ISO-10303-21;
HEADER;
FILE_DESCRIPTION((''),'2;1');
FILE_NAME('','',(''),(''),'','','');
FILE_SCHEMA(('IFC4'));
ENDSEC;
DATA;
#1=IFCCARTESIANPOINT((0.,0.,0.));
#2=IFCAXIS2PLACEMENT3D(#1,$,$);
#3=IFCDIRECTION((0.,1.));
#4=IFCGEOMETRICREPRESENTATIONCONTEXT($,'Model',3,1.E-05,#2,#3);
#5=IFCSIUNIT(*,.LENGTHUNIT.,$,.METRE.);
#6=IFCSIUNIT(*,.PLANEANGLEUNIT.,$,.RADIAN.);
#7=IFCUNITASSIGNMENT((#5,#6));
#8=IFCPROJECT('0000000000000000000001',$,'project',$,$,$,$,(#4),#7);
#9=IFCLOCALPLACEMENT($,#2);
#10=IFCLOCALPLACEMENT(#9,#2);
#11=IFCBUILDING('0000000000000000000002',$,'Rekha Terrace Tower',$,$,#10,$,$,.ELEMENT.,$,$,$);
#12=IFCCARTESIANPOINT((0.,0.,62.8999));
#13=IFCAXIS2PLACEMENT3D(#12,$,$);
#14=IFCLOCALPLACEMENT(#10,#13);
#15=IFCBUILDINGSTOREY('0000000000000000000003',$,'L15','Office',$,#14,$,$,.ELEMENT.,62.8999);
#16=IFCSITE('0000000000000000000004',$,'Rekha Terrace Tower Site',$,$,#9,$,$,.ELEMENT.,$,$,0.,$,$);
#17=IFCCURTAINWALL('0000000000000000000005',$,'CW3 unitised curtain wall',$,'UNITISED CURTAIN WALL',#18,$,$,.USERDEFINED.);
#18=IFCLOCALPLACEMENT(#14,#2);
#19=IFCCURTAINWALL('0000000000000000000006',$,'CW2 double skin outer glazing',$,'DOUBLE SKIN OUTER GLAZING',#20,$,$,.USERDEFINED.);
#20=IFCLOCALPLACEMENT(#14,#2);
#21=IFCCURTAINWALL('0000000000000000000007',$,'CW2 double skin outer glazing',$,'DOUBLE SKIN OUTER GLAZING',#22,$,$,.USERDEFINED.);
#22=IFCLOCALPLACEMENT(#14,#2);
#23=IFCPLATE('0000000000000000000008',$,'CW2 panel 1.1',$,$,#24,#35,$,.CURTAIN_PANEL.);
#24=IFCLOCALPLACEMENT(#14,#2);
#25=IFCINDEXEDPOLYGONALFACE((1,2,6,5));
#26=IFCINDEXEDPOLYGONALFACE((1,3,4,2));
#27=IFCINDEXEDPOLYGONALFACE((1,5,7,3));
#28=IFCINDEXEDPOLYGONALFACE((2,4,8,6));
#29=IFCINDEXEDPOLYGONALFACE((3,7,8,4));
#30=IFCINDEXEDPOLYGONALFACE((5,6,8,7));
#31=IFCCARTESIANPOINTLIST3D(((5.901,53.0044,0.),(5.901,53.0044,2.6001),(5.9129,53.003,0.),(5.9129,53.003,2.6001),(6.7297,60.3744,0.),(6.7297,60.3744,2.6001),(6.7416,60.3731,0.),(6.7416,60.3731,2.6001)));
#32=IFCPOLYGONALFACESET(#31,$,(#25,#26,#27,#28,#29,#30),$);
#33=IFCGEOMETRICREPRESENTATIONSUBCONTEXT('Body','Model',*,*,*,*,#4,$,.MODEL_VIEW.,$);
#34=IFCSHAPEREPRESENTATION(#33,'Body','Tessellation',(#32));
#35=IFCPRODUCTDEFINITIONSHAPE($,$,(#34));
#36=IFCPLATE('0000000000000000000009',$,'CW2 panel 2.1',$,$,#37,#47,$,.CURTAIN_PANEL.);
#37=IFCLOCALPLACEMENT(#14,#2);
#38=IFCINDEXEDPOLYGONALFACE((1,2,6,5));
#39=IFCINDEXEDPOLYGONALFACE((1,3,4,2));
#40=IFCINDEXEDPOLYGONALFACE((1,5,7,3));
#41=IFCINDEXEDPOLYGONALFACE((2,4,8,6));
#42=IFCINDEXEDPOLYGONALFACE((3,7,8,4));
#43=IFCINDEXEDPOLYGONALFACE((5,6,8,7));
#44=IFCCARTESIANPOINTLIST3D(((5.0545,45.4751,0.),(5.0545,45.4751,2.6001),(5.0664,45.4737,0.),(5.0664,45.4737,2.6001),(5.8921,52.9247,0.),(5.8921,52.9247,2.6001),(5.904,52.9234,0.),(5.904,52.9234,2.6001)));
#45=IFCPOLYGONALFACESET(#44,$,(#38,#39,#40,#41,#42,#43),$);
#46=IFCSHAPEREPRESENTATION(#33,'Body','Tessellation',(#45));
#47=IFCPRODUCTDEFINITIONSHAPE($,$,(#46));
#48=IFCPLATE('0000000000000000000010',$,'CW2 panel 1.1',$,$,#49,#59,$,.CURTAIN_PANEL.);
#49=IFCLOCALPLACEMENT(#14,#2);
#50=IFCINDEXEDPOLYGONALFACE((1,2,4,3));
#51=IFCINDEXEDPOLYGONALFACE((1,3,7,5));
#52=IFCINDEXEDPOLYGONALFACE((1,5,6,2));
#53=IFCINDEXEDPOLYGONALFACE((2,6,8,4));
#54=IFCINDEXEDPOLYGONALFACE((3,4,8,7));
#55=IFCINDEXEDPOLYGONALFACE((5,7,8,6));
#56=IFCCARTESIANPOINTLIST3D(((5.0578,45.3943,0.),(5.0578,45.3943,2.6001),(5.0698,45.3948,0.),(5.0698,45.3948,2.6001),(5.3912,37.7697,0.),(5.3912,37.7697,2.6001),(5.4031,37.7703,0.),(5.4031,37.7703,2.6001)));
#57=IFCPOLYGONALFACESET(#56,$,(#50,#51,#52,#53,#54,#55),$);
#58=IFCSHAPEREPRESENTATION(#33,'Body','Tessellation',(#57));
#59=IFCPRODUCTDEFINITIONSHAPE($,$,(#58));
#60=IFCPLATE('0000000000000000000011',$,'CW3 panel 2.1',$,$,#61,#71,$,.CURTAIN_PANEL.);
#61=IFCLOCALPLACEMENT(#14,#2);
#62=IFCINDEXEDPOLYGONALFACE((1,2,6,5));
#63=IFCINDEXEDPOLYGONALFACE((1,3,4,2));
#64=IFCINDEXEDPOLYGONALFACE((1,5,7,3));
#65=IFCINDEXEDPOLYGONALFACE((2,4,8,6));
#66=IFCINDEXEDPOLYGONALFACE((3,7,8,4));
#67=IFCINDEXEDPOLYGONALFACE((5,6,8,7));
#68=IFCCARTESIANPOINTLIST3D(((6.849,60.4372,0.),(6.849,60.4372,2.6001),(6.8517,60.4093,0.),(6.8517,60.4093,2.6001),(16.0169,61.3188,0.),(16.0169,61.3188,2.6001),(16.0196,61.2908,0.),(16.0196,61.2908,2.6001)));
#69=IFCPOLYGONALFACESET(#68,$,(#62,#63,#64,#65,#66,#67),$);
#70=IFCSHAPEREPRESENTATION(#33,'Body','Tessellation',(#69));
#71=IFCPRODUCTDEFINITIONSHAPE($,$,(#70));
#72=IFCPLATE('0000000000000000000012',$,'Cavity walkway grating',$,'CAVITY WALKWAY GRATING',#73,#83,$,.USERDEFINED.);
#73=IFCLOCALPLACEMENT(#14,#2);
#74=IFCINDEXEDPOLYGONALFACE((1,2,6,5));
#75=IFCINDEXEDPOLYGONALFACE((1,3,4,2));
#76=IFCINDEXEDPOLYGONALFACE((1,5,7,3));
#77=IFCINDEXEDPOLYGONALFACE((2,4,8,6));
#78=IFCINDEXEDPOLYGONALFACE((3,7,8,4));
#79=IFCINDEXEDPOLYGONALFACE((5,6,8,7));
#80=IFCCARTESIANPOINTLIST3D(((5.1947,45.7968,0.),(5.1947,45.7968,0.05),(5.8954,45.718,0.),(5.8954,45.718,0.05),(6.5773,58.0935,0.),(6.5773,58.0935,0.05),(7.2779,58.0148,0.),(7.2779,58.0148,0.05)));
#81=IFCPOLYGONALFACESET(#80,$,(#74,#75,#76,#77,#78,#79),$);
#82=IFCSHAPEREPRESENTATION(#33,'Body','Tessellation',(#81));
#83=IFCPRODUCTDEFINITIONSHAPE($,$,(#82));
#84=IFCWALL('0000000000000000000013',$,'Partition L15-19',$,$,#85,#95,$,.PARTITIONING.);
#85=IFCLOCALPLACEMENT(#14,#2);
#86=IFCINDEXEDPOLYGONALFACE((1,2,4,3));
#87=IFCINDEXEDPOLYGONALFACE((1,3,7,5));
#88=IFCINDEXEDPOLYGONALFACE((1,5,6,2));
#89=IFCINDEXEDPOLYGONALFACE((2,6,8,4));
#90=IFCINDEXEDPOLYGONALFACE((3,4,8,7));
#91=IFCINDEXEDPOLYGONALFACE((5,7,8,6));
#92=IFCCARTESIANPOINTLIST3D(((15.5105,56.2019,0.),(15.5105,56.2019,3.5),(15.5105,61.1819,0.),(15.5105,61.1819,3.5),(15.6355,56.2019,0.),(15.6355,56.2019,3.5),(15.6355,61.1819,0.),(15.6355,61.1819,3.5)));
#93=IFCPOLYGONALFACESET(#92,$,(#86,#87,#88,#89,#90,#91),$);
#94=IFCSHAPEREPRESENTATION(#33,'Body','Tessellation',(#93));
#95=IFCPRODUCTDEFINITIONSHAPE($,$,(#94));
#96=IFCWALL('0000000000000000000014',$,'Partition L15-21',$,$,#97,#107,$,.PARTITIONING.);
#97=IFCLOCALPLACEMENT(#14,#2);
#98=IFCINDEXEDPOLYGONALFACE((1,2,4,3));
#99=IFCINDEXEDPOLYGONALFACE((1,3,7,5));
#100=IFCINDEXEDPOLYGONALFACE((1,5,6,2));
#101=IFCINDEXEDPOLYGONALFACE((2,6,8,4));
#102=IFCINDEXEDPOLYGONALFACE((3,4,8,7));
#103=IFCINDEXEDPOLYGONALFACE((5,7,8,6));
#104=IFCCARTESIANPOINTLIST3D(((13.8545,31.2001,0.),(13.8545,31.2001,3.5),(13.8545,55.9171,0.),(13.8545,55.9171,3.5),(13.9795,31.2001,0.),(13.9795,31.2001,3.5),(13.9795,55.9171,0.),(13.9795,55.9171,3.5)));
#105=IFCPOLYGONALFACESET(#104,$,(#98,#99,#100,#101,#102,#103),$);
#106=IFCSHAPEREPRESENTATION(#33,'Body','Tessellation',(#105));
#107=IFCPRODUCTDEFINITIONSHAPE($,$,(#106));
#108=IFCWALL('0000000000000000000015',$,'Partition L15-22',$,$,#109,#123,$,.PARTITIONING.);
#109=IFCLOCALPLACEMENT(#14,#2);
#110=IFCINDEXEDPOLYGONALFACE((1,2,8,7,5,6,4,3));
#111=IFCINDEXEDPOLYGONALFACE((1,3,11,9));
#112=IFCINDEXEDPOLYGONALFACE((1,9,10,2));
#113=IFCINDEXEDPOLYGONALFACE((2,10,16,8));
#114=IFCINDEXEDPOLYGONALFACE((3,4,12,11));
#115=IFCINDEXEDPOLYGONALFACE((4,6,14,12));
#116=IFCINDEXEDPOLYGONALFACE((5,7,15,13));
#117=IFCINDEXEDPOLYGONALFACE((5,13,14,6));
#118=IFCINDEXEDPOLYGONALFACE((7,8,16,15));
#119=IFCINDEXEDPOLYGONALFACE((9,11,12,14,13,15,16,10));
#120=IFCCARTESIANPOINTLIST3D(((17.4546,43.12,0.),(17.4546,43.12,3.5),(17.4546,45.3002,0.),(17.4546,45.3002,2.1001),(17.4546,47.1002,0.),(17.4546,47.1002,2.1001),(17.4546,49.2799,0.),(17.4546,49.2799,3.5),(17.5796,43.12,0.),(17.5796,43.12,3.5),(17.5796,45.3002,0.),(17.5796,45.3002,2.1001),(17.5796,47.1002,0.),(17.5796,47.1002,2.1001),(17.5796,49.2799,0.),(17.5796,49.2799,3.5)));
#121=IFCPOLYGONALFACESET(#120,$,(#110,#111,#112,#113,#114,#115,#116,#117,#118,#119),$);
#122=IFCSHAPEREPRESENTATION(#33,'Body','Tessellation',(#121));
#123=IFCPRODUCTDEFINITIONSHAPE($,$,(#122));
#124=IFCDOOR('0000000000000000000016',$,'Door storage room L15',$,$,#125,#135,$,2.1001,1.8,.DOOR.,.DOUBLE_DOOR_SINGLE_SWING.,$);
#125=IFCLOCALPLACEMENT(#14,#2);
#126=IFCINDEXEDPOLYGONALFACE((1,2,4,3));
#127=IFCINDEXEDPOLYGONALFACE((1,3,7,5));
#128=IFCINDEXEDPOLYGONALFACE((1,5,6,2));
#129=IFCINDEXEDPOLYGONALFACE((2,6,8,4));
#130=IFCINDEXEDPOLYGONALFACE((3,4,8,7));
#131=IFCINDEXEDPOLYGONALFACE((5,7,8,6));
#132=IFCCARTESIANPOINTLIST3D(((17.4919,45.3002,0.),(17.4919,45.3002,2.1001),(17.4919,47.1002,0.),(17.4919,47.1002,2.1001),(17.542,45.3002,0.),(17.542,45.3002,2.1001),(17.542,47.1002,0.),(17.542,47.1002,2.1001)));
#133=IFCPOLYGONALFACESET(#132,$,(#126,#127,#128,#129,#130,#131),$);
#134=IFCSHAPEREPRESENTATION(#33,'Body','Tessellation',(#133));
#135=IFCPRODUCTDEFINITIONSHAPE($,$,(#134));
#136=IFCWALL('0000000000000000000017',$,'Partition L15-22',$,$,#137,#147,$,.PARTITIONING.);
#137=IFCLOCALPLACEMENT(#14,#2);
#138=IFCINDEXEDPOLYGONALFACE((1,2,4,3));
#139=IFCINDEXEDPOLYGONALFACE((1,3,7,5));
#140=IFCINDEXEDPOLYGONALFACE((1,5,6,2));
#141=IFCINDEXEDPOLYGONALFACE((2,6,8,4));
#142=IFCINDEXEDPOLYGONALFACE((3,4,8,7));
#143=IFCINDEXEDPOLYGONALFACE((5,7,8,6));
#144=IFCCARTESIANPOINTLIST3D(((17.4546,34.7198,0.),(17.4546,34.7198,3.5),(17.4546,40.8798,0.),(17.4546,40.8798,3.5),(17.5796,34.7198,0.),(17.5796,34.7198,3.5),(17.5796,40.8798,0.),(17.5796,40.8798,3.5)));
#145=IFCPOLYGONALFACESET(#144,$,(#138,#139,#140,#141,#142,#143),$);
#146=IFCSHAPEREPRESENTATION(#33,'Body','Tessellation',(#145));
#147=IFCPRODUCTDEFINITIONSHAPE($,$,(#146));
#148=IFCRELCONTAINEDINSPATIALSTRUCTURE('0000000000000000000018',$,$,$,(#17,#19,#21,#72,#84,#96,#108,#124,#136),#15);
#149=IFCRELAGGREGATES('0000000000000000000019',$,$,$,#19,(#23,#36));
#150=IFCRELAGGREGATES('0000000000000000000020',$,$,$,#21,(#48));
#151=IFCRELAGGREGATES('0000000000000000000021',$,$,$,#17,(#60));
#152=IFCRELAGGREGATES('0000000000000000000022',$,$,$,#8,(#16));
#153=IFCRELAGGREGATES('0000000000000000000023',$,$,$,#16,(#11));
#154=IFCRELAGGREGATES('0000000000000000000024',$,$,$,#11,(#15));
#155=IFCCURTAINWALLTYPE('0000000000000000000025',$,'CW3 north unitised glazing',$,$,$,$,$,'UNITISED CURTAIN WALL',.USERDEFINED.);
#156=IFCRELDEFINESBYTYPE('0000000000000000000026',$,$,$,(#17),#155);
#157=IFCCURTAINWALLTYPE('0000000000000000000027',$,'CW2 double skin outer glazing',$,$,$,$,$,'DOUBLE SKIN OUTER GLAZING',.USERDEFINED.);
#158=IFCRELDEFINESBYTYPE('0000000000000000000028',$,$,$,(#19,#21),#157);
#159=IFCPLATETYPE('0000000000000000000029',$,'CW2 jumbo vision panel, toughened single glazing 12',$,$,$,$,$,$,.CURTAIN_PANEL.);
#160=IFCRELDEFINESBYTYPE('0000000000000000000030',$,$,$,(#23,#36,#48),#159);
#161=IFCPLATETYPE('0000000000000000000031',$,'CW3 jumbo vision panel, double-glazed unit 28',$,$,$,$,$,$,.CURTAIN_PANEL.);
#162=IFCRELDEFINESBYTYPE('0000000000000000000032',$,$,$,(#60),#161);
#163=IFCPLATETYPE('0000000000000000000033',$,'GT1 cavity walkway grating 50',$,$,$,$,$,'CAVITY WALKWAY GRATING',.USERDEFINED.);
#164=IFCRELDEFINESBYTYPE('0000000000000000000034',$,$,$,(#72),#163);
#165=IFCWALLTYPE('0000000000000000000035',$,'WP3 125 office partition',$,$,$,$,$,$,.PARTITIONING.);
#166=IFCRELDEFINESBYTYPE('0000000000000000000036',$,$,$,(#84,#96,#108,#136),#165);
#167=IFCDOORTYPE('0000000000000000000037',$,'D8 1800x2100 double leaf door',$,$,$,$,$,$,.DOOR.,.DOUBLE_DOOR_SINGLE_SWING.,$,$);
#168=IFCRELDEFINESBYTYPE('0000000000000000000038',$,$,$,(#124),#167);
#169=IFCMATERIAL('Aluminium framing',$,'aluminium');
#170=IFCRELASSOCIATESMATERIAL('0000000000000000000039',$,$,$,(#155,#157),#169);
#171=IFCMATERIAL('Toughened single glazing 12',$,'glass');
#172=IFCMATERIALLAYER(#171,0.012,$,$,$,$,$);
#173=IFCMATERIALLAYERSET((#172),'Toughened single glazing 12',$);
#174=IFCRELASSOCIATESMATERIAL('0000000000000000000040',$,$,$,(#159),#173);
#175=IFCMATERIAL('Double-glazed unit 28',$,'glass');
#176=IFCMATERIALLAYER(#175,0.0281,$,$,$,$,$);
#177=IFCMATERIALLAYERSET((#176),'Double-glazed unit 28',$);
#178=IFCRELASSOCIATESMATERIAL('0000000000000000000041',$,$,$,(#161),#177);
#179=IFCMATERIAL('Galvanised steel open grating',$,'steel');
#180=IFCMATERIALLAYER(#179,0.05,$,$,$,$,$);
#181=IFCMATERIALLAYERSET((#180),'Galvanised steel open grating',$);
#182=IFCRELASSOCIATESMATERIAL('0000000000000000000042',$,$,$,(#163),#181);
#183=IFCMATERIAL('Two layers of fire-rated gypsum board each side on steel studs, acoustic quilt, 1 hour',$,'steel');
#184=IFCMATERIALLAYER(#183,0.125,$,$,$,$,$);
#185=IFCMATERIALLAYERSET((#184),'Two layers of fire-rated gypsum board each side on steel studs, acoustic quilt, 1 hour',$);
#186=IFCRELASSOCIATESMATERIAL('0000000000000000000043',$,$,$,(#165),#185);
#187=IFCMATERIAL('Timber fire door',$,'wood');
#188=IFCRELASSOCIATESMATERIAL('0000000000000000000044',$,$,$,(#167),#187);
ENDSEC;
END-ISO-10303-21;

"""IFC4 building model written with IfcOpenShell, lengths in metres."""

from ifc_helpers import new_model, si_unit, direction, frame, frame_2d, origin, origin_2d, place, context, subcontext, project, spatial, rectangle, extrude, material, layer, layer_set, type_object, element, fill, aggregate, save


model = new_model("IFC4")

# Units and contexts
model_context = context("Model", 3, precision=1e-05, world=origin(), true_north=direction((0.0, 1.0)))
body_context = subcontext(model_context, "Body", "Model", "MODEL_VIEW")
ifc_project = project(units=[si_unit("LENGTHUNIT", "METRE"), si_unit("PLANEANGLEUNIT", "RADIAN")], contexts=[model_context])

# Site, building, storey
site_placement = place(None, origin())
site = spatial("IfcSite", under=ifc_project, at=site_placement, Name="Rekha Terrace Tower Site", CompositionType="ELEMENT", RefElevation=0.0)
building_placement = place(site_placement, origin())
building = spatial("IfcBuilding", under=site, at=building_placement, Name="Rekha Terrace Tower", CompositionType="ELEMENT")
storey_placement = place(building_placement, frame((0.0, 0.0, 62.8999)))
storey = spatial("IfcBuildingStorey", under=building, at=storey_placement, Name="L15", Description="Office", CompositionType="ELEMENT", Elevation=62.8999)

# Curtain walls
ifc_material_1 = material(Name="Aluminium framing", Category="aluminium")
curtain_wall_type_1 = type_object("IfcCurtainWallType", Name="CW3 north unitised glazing", ElementType="UNITISED CURTAIN WALL", PredefinedType="USERDEFINED", material=ifc_material_1)
curtain_wall_1_placement = place(storey_placement, origin())
curtain_wall_1 = element("IfcCurtainWall", 1, at=curtain_wall_1_placement, inside=storey, type_object=curtain_wall_type_1, Name="CW3 unitised curtain wall", ObjectType="UNITISED CURTAIN WALL", PredefinedType="USERDEFINED")
curtain_wall_type_2 = type_object("IfcCurtainWallType", Name="CW2 double skin outer glazing", ElementType="DOUBLE SKIN OUTER GLAZING", PredefinedType="USERDEFINED", material=ifc_material_1)
curtain_wall_2_placement = place(storey_placement, origin())
curtain_wall_2 = element("IfcCurtainWall", 2, at=curtain_wall_2_placement, inside=storey, type_object=curtain_wall_type_2, Name="CW2 double skin outer glazing", ObjectType="DOUBLE SKIN OUTER GLAZING", PredefinedType="USERDEFINED")

# Curtain wall
curtain_wall_3_placement = place(storey_placement, origin())
curtain_wall_3 = element("IfcCurtainWall", 3, at=curtain_wall_3_placement, inside=storey, type_object=curtain_wall_type_2, Name="CW2 double skin outer glazing", ObjectType="DOUBLE SKIN OUTER GLAZING", PredefinedType="USERDEFINED")

# Plates
ifc_material_2 = material(Name="Toughened single glazing 12", Category="glass")
ifc_layer_1 = layer(ifc_material_2, 0.012)
ifc_layer_set_1 = layer_set([ifc_layer_1], Name="Toughened single glazing 12")
plate_type_1 = type_object("IfcPlateType", Name="CW2 jumbo vision panel, toughened single glazing 12", PredefinedType="CURTAIN_PANEL", material=ifc_layer_set_1)
plate_1_placement = place(storey_placement, frame((6.3213, 56.6887, 0.0), z_axis=(0.0, 0.0, 1.0), x_axis=(-0.11173, -0.993739, 0.0)))
plate_1 = element("IfcPlate", 4, at=plate_1_placement, type_object=plate_type_1, Name="CW2 panel 1.1", PredefinedType="CURTAIN_PANEL", context=body_context, shape_type="SweptSolid", body=[
    extrude(rectangle(XDim=7.4165, YDim=0.012, at=origin_2d()), origin(), (0.0, 0.0, 1.0), 2.6001),
])
plate_2_placement = place(storey_placement, frame((5.4792, 49.1992, 0.0), z_axis=(0.0, 0.0, 1.0), x_axis=(-0.11173, -0.993739, 0.0)))
plate_2 = element("IfcPlate", 5, at=plate_2_placement, type_object=plate_type_1, Name="CW2 panel 2.1", PredefinedType="CURTAIN_PANEL", context=body_context, shape_type="SweptSolid", body=[
    extrude(rectangle(XDim=7.4966, YDim=0.012, at=origin_2d()), origin(), (0.0, 0.0, 1.0), 2.6001),
])
aggregate(curtain_wall_2, [plate_1, plate_2])
plate_3_placement = place(storey_placement, frame((5.2305, 41.5823, 0.0), z_axis=(0.0, 0.0, 1.0), x_axis=(0.043683, -0.999045, 0.0)))
plate_3 = element("IfcPlate", 6, at=plate_3_placement, type_object=plate_type_1, Name="CW2 panel 1.1", PredefinedType="CURTAIN_PANEL", context=body_context, shape_type="SweptSolid", body=[
    extrude(rectangle(XDim=7.6318, YDim=0.012, at=origin_2d()), origin(), (0.0, 0.0, 1.0), 2.6001),
])
aggregate(curtain_wall_3, [plate_3])
ifc_material_3 = material(Name="Double-glazed unit 28", Category="glass")
ifc_layer_2 = layer(ifc_material_3, 0.0281)
ifc_layer_set_2 = layer_set([ifc_layer_2], Name="Double-glazed unit 28")
plate_type_2 = type_object("IfcPlateType", Name="CW3 jumbo vision panel, double-glazed unit 28", PredefinedType="CURTAIN_PANEL", material=ifc_layer_set_2)
plate_4_placement = place(storey_placement, frame((11.4343, 60.864, 0.0), z_axis=(0.0, 0.0, 1.0), x_axis=(-0.995409, -0.095712, 0.0)))
plate_4 = element("IfcPlate", 7, at=plate_4_placement, type_object=plate_type_2, Name="CW3 panel 2.1", PredefinedType="CURTAIN_PANEL", context=body_context, shape_type="SweptSolid", body=[
    extrude(rectangle(XDim=9.2102, YDim=0.0281, at=origin_2d()), origin(), (0.0, 0.0, 1.0), 2.6001),
])
aggregate(curtain_wall_1, [plate_4])
ifc_material_4 = material(Name="Galvanised steel open grating", Category="steel")
ifc_layer_3 = layer(ifc_material_4, 0.05)
ifc_layer_set_3 = layer_set([ifc_layer_3], Name="Galvanised steel open grating")
plate_type_3 = type_object("IfcPlateType", Name="GT1 cavity walkway grating 50", ElementType="CAVITY WALKWAY GRATING", PredefinedType="USERDEFINED", material=ifc_layer_set_3)
plate_5_placement = place(storey_placement, frame((6.2363, 51.9058, 0.0), z_axis=(0.0, 0.0, 1.0), x_axis=(-0.11173, -0.993739, 0.0)))
element("IfcPlate", 8, at=plate_5_placement, inside=storey, type_object=plate_type_3, Name="Cavity walkway grating", ObjectType="CAVITY WALKWAY GRATING", PredefinedType="USERDEFINED", context=body_context, shape_type="SweptSolid", body=[
    extrude(rectangle(XDim=12.3743, YDim=0.7051, at=origin_2d()), origin(), (0.0, 0.0, 1.0), 0.05),
])

# Walls
ifc_material_5 = material(Name="Two layers of fire-rated gypsum board each side on steel studs, acoustic quilt, 1 hour", Category="steel")
ifc_layer_4 = layer(ifc_material_5, 0.125)
ifc_layer_set_4 = layer_set([ifc_layer_4], Name="Two layers of fire-rated gypsum board each side on steel studs, acoustic quilt, 1 hour")
wall_type = type_object("IfcWallType", Name="WP3 125 office partition", PredefinedType="PARTITIONING", material=ifc_layer_set_4)
wall_1_placement = place(storey_placement, frame((15.573, 56.2019, 0.0), z_axis=(0.0, 0.0, 1.0), x_axis=(0.0, 1.0, 0.0)))
element("IfcWall", 9, at=wall_1_placement, inside=storey, type_object=wall_type, Name="Partition L15-19", PredefinedType="PARTITIONING", context=body_context, shape_type="SweptSolid", body=[
    extrude(rectangle(XDim=4.98, YDim=0.125, at=frame_2d((2.49, 0.0))), origin(), (0.0, 0.0, 1.0), 3.5),
])
wall_2_placement = place(storey_placement, frame((13.917, 55.917, 0.0), z_axis=(0.0, 0.0, 1.0), x_axis=(0.0, -1.0, 0.0)))
element("IfcWall", 10, at=wall_2_placement, inside=storey, type_object=wall_type, Name="Partition L15-21", PredefinedType="PARTITIONING", context=body_context, shape_type="SweptSolid", body=[
    extrude(rectangle(XDim=24.717, YDim=0.125, at=frame_2d((12.3584, 0.0))), origin(), (0.0, 0.0, 1.0), 3.5),
])

# Wall, opening, door
wall_3_placement = place(storey_placement, frame((17.5171, 49.28, 0.0), z_axis=(0.0, 0.0, 1.0), x_axis=(0.0, -1.0, 0.0)))
wall_3 = element("IfcWall", 11, at=wall_3_placement, inside=storey, type_object=wall_type, Name="Partition L15-22", PredefinedType="PARTITIONING", context=body_context, shape_type="SweptSolid", body=[
    extrude(rectangle(XDim=6.1599, YDim=0.125, at=frame_2d((3.0801, 0.0))), origin(), (0.0, 0.0, 1.0), 3.5),
])
opening_placement = place(wall_3_placement, frame((2.1799, 0.0, 0.0)))
opening = element("IfcOpeningElement", 12, at=opening_placement, cuts=wall_3, PredefinedType="OPENING", context=body_context, shape_type="SweptSolid", body=[
    extrude(rectangle(XDim=1.8, YDim=2.1001, at=frame_2d((0.8999, 1.05))), frame((0.0, 0.0725, 0.0), z_axis=(0.0, -1.0, 0.0), x_axis=(1.0, 0.0, 0.0)), (0.0, 0.0, 1.0), 0.145),
])
ifc_material_6 = material(Name="Timber fire door", Category="wood")
door_type = type_object("IfcDoorType", Name="D8 1800x2100 double leaf door", OperationType="DOUBLE_DOOR_SINGLE_SWING", PredefinedType="DOOR", material=ifc_material_6)
door_placement = place(opening_placement, origin())
door = element("IfcDoor", 13, at=door_placement, inside=storey, type_object=door_type, Name="Door storage room L15", OperationType="DOUBLE_DOOR_SINGLE_SWING", OverallHeight=2.1001, OverallWidth=1.8, PredefinedType="DOOR", context=body_context, shape_type="SweptSolid", body=[
    extrude(rectangle(XDim=1.8, YDim=2.1001, at=frame_2d((0.8999, 1.05))), frame((0.0, 0.0249, 0.0), z_axis=(0.0, -1.0, 0.0), x_axis=(1.0, 0.0, 0.0)), (0.0, 0.0, 1.0), 0.05),
])
fill(opening, door)

# Wall
wall_4_placement = place(storey_placement, frame((17.5171, 40.8799, 0.0), z_axis=(0.0, 0.0, 1.0), x_axis=(0.0, -1.0, 0.0)))
element("IfcWall", 14, at=wall_4_placement, inside=storey, type_object=wall_type, Name="Partition L15-22", PredefinedType="PARTITIONING", context=body_context, shape_type="SweptSolid", body=[
    extrude(rectangle(XDim=6.1599, YDim=0.125, at=frame_2d((3.0801, 0.0))), origin(), (0.0, 0.0, 1.0), 3.5),
])

save(model, "model.ifc")
